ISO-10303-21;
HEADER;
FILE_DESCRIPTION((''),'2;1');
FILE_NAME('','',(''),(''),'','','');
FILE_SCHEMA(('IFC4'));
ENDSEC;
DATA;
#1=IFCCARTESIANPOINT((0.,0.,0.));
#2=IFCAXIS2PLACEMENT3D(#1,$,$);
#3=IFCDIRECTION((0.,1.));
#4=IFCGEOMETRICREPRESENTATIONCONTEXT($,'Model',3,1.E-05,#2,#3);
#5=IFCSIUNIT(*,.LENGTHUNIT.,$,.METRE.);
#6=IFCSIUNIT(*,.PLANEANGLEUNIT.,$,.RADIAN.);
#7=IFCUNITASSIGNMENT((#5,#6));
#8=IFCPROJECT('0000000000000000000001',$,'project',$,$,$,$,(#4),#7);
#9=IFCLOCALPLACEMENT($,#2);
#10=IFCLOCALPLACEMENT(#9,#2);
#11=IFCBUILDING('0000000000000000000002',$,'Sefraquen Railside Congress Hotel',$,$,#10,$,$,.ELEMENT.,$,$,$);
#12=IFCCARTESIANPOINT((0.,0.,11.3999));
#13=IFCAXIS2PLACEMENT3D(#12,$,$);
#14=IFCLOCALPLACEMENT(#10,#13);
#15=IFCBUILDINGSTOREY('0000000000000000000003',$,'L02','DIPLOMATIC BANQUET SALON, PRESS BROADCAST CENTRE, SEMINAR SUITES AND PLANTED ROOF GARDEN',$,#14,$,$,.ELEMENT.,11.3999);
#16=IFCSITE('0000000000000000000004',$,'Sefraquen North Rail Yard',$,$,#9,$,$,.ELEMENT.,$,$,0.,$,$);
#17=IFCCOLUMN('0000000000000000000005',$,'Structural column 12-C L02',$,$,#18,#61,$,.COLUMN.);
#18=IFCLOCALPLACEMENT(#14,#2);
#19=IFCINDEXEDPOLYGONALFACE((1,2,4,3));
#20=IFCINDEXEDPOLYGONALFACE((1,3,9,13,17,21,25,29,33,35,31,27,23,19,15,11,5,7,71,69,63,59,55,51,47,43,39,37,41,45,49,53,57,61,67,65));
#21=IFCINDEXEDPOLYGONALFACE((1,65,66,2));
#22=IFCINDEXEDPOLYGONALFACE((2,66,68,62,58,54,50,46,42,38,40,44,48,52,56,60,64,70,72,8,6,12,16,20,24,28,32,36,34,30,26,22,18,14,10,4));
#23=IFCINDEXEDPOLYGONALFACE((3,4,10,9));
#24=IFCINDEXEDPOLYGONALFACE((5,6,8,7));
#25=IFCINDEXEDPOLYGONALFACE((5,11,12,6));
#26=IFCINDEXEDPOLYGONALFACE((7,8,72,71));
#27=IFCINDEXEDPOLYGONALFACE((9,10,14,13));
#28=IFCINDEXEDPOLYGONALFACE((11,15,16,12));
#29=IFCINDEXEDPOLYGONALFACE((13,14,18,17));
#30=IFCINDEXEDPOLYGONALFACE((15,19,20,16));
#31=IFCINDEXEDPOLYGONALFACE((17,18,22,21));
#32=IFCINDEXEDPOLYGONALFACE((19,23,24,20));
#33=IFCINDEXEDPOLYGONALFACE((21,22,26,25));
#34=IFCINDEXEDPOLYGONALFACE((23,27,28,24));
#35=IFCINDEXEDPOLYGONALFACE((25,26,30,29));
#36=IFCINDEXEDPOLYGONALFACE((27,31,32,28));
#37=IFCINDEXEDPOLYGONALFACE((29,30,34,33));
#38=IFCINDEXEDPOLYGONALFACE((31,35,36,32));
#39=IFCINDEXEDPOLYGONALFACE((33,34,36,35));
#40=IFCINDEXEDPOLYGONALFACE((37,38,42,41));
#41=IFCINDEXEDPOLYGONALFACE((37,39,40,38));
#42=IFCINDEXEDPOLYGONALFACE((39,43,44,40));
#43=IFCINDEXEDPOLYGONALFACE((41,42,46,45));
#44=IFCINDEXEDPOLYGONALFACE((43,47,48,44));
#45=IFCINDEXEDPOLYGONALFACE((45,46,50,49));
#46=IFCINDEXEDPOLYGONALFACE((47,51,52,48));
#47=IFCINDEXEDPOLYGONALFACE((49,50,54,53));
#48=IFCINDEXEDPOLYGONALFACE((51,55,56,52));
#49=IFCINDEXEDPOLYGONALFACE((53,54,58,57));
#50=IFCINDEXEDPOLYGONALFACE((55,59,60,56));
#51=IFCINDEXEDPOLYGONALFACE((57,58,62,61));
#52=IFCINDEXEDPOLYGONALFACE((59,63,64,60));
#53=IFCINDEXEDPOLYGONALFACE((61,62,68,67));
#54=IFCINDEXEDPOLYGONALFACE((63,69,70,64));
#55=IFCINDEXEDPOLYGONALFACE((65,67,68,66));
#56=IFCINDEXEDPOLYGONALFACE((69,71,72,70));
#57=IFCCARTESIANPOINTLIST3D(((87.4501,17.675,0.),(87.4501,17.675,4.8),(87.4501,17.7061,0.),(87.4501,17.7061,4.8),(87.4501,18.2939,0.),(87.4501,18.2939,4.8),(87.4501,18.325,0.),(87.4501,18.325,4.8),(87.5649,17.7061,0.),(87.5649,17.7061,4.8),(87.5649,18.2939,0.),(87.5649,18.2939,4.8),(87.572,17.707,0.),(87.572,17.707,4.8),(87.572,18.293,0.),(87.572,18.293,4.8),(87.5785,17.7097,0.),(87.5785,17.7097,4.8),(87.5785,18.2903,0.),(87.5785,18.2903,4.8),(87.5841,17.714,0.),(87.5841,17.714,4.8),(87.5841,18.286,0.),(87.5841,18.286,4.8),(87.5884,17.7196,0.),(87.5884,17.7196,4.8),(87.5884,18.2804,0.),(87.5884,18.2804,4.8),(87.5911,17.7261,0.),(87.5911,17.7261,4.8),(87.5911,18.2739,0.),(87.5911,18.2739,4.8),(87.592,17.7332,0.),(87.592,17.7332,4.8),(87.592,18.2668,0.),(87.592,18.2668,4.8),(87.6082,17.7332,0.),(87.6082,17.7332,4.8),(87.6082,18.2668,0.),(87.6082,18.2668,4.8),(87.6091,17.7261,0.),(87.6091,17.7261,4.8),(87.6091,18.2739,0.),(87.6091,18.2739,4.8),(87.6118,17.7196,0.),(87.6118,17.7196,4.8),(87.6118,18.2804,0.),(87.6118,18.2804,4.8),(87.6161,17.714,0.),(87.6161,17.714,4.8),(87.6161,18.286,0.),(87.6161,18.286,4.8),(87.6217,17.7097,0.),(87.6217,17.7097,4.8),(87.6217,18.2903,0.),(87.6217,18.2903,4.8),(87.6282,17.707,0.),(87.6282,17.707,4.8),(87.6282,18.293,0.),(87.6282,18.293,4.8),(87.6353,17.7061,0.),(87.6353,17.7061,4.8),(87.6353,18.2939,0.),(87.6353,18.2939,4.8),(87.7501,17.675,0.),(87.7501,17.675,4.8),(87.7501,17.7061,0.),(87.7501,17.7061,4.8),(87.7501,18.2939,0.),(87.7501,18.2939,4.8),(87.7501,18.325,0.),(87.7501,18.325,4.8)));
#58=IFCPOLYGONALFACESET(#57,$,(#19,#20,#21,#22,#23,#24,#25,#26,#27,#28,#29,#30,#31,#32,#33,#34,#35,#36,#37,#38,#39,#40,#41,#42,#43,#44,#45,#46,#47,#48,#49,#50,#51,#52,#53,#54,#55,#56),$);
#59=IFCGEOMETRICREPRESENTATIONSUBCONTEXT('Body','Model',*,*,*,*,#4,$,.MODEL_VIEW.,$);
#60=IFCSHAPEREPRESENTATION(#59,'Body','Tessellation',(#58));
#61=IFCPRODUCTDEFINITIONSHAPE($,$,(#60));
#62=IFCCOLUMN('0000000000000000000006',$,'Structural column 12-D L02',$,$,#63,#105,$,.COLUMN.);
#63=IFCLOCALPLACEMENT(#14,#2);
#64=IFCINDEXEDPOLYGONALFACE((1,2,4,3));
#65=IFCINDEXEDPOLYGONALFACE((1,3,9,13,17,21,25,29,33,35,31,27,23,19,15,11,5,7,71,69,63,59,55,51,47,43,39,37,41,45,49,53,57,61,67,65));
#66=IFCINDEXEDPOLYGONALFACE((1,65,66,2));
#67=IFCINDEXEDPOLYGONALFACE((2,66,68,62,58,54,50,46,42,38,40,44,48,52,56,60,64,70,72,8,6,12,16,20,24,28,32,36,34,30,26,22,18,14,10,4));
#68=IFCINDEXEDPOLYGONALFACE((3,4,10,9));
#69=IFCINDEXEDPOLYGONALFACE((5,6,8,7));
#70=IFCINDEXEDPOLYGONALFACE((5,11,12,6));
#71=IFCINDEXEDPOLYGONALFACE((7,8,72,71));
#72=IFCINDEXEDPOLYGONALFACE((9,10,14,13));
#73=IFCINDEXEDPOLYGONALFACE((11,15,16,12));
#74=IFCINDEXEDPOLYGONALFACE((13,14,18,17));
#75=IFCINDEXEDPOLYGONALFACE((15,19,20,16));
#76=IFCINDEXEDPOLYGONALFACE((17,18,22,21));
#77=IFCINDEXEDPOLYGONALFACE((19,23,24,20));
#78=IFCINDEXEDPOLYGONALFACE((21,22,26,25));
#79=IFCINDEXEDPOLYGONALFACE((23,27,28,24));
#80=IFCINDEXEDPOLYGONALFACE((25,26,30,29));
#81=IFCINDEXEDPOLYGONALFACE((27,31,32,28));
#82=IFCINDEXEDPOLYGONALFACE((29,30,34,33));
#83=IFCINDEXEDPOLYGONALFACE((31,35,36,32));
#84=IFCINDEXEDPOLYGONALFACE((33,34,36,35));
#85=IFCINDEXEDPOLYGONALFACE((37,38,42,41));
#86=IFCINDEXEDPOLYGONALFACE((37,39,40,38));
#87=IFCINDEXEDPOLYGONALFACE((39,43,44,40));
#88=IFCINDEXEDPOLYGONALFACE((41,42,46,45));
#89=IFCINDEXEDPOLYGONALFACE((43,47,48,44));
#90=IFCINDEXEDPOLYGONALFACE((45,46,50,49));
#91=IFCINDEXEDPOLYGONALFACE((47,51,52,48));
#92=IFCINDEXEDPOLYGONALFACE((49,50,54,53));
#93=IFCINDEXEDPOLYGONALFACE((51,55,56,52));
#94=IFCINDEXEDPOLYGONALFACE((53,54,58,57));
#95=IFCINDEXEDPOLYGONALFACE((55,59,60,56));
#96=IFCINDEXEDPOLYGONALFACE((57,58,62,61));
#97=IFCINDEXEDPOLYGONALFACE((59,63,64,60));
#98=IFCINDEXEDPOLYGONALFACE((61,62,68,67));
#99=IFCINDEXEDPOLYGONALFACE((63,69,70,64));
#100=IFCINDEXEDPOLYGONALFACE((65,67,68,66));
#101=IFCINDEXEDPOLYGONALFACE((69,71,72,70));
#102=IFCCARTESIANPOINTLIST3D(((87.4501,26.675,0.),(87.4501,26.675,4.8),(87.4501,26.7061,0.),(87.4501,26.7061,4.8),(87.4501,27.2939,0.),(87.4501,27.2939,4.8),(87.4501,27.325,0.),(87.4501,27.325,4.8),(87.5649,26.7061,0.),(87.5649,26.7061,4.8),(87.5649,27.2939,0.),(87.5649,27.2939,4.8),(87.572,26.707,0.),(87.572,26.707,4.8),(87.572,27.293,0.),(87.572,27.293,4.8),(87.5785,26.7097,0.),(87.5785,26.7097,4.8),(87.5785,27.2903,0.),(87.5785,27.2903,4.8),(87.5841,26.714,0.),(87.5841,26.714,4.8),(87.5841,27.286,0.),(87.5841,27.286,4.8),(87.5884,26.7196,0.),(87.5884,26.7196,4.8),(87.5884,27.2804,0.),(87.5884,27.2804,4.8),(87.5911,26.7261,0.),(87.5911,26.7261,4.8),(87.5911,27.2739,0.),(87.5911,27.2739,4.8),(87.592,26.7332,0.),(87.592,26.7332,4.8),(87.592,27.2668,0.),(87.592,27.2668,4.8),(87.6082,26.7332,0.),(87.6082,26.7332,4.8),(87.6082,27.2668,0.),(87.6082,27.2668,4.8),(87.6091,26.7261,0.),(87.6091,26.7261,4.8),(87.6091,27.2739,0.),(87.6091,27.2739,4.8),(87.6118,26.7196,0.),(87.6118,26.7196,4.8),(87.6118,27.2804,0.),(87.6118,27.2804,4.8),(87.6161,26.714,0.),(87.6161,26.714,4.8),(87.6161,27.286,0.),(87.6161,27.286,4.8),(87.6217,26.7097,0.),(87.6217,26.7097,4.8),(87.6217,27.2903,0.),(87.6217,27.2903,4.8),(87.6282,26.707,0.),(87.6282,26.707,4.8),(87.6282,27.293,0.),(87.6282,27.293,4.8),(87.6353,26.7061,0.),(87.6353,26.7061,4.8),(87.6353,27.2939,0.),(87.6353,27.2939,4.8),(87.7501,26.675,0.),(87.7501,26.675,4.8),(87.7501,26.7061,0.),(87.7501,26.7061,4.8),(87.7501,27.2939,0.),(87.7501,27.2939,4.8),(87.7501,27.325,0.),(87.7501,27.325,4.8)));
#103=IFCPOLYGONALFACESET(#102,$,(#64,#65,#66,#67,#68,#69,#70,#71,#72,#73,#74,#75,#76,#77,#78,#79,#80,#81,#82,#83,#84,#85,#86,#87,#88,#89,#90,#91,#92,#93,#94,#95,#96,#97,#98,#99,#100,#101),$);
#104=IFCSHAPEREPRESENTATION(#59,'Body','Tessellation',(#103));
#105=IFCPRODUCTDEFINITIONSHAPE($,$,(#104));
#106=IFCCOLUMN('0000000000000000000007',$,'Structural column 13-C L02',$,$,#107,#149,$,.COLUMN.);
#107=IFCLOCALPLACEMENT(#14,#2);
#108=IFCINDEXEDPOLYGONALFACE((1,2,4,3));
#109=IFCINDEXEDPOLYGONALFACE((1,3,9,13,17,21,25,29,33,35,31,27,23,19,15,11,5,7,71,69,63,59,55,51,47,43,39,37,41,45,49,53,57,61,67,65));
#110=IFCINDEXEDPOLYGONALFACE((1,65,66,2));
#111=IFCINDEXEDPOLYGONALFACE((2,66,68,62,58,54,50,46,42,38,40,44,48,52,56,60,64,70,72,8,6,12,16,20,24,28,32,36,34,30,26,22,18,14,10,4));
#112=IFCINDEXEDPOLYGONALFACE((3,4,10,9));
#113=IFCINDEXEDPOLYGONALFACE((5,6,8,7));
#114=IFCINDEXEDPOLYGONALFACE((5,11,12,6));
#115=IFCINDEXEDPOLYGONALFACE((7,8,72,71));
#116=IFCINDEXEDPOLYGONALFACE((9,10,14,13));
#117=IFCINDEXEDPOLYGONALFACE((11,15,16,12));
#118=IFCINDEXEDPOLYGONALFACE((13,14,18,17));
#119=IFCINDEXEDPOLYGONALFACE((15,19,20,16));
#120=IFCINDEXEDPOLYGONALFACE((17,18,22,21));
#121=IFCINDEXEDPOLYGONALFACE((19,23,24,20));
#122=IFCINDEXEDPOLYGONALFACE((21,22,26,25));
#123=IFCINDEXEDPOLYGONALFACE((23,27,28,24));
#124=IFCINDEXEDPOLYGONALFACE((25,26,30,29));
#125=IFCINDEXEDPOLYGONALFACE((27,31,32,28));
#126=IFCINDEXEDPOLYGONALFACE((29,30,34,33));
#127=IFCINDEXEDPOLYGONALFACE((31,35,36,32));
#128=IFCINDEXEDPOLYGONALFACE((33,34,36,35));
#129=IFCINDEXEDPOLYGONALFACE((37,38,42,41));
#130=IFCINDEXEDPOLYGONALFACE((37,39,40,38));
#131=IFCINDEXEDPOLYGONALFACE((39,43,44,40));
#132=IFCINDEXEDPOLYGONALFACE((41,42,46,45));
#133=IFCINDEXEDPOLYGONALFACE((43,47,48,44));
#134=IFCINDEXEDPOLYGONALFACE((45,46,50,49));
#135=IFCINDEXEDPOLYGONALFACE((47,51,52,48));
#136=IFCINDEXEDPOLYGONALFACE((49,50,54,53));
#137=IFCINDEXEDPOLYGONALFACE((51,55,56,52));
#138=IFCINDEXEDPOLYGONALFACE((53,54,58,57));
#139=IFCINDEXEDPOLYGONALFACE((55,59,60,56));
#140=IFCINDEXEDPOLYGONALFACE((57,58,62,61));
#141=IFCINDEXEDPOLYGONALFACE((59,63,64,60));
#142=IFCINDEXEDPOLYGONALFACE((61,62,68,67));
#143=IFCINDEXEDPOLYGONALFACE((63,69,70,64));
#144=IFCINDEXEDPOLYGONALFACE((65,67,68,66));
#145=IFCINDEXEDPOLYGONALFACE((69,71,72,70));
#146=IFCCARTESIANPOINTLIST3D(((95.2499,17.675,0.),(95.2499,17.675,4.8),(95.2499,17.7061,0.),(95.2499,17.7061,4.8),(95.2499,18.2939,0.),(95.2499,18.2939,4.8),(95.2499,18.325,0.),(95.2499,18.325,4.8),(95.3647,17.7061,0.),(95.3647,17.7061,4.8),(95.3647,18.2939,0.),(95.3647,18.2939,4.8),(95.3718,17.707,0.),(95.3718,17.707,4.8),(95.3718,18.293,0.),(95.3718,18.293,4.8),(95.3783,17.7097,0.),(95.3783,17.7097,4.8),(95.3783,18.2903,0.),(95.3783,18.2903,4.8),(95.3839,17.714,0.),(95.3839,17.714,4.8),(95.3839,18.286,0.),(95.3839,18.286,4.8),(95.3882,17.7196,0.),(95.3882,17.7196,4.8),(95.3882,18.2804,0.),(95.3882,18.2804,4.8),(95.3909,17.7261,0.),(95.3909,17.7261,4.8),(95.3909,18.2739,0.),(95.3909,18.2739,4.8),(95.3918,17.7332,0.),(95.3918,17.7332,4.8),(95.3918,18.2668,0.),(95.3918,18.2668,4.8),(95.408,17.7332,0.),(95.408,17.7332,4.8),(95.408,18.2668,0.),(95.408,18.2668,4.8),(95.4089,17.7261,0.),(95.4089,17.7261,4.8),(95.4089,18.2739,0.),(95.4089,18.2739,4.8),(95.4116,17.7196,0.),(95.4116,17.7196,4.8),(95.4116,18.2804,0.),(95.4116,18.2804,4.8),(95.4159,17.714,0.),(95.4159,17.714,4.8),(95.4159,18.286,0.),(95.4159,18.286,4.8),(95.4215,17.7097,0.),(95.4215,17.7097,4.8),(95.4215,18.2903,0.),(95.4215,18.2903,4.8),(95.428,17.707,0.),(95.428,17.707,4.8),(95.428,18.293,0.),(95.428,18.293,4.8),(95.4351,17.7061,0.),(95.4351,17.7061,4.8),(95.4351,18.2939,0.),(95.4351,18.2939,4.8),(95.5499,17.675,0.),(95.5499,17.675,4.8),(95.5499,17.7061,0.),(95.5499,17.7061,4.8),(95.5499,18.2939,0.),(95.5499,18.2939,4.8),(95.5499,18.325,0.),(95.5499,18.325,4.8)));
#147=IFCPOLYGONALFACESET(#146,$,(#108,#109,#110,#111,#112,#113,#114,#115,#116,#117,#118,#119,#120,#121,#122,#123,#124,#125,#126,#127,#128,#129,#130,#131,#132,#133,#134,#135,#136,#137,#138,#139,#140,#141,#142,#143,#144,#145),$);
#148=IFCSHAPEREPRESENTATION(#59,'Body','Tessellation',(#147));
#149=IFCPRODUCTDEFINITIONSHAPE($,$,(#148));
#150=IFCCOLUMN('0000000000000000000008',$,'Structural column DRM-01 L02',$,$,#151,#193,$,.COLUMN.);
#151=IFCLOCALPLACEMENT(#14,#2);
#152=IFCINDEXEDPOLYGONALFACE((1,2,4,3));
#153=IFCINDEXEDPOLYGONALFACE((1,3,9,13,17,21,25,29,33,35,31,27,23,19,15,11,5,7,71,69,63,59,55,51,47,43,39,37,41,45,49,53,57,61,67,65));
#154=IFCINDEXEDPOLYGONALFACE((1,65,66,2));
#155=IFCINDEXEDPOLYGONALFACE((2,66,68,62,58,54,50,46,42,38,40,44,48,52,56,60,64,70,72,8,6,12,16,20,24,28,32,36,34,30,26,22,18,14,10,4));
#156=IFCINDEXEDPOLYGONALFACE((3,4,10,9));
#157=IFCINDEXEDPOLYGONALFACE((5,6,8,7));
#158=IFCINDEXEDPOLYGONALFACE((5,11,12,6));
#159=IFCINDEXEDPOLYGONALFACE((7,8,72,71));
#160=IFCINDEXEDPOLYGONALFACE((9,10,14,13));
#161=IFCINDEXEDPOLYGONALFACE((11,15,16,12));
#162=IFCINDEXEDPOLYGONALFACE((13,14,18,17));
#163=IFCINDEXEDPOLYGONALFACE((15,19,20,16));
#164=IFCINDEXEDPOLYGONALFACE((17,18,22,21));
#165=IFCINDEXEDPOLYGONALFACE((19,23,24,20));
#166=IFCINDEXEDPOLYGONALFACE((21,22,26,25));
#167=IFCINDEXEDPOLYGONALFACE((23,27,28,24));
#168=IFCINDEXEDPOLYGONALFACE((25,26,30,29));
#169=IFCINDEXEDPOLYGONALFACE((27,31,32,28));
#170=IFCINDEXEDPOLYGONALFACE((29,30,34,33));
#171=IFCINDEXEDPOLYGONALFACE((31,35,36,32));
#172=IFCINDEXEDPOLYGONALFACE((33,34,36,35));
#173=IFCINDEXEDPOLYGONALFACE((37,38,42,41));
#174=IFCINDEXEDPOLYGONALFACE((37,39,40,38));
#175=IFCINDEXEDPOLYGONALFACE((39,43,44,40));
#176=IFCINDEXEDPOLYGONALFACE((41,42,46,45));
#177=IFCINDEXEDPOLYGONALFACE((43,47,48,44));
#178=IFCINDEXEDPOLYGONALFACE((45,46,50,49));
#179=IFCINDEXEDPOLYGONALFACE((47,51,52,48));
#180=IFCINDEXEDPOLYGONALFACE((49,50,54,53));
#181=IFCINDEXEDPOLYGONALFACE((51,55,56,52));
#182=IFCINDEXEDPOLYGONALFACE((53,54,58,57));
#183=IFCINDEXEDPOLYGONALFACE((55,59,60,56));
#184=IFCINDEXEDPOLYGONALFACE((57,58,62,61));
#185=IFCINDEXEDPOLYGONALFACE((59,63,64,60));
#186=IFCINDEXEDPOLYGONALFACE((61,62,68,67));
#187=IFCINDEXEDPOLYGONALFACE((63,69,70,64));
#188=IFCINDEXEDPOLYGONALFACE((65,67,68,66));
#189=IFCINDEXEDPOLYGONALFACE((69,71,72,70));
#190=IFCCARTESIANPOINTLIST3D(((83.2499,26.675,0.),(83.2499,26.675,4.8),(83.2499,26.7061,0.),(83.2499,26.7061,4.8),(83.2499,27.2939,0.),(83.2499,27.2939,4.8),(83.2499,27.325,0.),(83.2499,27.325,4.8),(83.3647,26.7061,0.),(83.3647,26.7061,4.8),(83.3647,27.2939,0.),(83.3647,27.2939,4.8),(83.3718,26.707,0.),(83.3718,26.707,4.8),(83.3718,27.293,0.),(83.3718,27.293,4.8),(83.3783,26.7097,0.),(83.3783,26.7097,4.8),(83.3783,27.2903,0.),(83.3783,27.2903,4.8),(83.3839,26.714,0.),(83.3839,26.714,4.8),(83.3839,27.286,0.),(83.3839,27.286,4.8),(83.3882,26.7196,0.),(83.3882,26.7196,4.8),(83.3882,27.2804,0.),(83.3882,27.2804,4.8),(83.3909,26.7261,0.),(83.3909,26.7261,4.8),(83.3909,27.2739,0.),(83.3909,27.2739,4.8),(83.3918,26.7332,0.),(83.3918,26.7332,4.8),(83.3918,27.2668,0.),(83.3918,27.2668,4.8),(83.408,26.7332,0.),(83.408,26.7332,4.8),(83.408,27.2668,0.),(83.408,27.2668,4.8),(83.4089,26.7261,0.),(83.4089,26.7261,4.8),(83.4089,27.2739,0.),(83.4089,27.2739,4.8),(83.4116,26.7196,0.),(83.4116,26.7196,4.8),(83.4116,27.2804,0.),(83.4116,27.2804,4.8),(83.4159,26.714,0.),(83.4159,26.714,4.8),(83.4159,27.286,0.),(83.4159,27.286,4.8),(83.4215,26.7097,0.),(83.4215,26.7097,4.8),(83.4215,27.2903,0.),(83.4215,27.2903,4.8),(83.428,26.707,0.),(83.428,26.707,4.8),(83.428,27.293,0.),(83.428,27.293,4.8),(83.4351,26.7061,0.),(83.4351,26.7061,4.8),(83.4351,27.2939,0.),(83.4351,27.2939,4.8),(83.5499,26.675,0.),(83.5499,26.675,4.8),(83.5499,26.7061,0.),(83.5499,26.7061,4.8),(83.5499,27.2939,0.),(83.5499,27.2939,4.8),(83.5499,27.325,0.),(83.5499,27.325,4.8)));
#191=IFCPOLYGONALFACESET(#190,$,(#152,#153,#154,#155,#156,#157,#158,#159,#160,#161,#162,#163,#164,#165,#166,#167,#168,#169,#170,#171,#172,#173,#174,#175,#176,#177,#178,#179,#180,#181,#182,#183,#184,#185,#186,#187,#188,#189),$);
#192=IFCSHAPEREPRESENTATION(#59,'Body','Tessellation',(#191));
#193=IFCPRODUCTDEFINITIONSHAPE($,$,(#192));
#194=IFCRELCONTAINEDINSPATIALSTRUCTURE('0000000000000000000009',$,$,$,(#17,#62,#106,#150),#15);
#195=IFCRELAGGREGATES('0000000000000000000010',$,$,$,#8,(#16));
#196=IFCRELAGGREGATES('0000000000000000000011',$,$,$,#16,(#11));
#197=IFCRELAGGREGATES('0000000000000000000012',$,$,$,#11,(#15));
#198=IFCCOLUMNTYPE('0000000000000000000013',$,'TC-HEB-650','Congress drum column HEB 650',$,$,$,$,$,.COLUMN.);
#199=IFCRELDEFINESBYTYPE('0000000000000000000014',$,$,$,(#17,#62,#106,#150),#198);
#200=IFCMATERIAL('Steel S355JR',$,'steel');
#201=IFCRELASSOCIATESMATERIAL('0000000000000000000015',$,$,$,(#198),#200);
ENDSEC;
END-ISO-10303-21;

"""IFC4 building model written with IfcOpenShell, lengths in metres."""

from ifc_helpers import new_model, si_unit, direction, frame, origin, origin_2d, place, context, subcontext, project, spatial, i_section, extrude, material, material_profile, profile_set, type_object, element, save


model = new_model("IFC4")

# Units and contexts
model_context = context("Model", 3, precision=1e-05, world=origin(), true_north=direction((0.0, 1.0)))
body_context = subcontext(model_context, "Body", "Model", "MODEL_VIEW")
ifc_project = project(units=[si_unit("LENGTHUNIT", "METRE"), si_unit("PLANEANGLEUNIT", "RADIAN")], contexts=[model_context])

# Site, building, storey
site_placement = place(None, origin())
site = spatial("IfcSite", under=ifc_project, at=site_placement, Name="Sefraquen North Rail Yard", CompositionType="ELEMENT", RefElevation=0.0)
building_placement = place(site_placement, origin())
building = spatial("IfcBuilding", under=site, at=building_placement, Name="Sefraquen Railside Congress Hotel", CompositionType="ELEMENT")
storey_placement = place(building_placement, frame((0.0, 0.0, 11.3999)))
storey = spatial("IfcBuildingStorey", under=building, at=storey_placement, Name="L02", Description="DIPLOMATIC BANQUET SALON, PRESS BROADCAST CENTRE, SEMINAR SUITES AND PLANTED ROOF GARDEN", CompositionType="ELEMENT", Elevation=11.3999)

# Columns
ifc_material_1 = material(Name="Steel S355JR", Category="steel")
ifc_material_profile_1 = material_profile(ifc_material_1, i_section(OverallWidth=0.3, OverallDepth=0.6499, WebThickness=0.0161, FlangeThickness=0.031, FilletRadius=0.0271, at=origin_2d()), Name="HEB 650")
ifc_profile_set_1 = profile_set([ifc_material_profile_1], Name="Steel S355JR")
column_type_1 = type_object("IfcColumnType", Name="TC-HEB-650", Description="Congress drum column HEB 650", PredefinedType="COLUMN", material=ifc_profile_set_1)
for number, where, z_axis, x_axis, name in (
    (1, (87.6001, 18.0, 0.0), (0.0, 0.0, 1.0), (1.0, 0.0, 0.0), "Structural column 12-C L02"),
    (2, (87.6001, 27.0, 0.0), (0.0, 0.0, 1.0), (1.0, 0.0, 0.0), "Structural column 12-D L02"),
    (3, (95.3999, 18.0, 0.0), (0.0, 0.0, 1.0), (1.0, 0.0, 0.0), "Structural column 13-C L02"),
    (4, (83.3999, 27.0, 0.0), (0.0, 0.0, 1.0), (1.0, 0.0, 0.0), "Structural column DRM-01 L02"),
):
    element("IfcColumn", number, at=place(storey_placement, frame(where, z_axis=z_axis, x_axis=x_axis)), inside=storey, type_object=column_type_1, Name=name, PredefinedType="COLUMN", context=body_context, shape_type="SweptSolid", body=[
        extrude(i_section(OverallWidth=0.3, OverallDepth=0.6499, WebThickness=0.0161, FlangeThickness=0.031, FilletRadius=0.0271, at=origin_2d()), origin(), (0.0, 0.0, 1.0), 4.8),
    ])

save(model, "model.ifc")
